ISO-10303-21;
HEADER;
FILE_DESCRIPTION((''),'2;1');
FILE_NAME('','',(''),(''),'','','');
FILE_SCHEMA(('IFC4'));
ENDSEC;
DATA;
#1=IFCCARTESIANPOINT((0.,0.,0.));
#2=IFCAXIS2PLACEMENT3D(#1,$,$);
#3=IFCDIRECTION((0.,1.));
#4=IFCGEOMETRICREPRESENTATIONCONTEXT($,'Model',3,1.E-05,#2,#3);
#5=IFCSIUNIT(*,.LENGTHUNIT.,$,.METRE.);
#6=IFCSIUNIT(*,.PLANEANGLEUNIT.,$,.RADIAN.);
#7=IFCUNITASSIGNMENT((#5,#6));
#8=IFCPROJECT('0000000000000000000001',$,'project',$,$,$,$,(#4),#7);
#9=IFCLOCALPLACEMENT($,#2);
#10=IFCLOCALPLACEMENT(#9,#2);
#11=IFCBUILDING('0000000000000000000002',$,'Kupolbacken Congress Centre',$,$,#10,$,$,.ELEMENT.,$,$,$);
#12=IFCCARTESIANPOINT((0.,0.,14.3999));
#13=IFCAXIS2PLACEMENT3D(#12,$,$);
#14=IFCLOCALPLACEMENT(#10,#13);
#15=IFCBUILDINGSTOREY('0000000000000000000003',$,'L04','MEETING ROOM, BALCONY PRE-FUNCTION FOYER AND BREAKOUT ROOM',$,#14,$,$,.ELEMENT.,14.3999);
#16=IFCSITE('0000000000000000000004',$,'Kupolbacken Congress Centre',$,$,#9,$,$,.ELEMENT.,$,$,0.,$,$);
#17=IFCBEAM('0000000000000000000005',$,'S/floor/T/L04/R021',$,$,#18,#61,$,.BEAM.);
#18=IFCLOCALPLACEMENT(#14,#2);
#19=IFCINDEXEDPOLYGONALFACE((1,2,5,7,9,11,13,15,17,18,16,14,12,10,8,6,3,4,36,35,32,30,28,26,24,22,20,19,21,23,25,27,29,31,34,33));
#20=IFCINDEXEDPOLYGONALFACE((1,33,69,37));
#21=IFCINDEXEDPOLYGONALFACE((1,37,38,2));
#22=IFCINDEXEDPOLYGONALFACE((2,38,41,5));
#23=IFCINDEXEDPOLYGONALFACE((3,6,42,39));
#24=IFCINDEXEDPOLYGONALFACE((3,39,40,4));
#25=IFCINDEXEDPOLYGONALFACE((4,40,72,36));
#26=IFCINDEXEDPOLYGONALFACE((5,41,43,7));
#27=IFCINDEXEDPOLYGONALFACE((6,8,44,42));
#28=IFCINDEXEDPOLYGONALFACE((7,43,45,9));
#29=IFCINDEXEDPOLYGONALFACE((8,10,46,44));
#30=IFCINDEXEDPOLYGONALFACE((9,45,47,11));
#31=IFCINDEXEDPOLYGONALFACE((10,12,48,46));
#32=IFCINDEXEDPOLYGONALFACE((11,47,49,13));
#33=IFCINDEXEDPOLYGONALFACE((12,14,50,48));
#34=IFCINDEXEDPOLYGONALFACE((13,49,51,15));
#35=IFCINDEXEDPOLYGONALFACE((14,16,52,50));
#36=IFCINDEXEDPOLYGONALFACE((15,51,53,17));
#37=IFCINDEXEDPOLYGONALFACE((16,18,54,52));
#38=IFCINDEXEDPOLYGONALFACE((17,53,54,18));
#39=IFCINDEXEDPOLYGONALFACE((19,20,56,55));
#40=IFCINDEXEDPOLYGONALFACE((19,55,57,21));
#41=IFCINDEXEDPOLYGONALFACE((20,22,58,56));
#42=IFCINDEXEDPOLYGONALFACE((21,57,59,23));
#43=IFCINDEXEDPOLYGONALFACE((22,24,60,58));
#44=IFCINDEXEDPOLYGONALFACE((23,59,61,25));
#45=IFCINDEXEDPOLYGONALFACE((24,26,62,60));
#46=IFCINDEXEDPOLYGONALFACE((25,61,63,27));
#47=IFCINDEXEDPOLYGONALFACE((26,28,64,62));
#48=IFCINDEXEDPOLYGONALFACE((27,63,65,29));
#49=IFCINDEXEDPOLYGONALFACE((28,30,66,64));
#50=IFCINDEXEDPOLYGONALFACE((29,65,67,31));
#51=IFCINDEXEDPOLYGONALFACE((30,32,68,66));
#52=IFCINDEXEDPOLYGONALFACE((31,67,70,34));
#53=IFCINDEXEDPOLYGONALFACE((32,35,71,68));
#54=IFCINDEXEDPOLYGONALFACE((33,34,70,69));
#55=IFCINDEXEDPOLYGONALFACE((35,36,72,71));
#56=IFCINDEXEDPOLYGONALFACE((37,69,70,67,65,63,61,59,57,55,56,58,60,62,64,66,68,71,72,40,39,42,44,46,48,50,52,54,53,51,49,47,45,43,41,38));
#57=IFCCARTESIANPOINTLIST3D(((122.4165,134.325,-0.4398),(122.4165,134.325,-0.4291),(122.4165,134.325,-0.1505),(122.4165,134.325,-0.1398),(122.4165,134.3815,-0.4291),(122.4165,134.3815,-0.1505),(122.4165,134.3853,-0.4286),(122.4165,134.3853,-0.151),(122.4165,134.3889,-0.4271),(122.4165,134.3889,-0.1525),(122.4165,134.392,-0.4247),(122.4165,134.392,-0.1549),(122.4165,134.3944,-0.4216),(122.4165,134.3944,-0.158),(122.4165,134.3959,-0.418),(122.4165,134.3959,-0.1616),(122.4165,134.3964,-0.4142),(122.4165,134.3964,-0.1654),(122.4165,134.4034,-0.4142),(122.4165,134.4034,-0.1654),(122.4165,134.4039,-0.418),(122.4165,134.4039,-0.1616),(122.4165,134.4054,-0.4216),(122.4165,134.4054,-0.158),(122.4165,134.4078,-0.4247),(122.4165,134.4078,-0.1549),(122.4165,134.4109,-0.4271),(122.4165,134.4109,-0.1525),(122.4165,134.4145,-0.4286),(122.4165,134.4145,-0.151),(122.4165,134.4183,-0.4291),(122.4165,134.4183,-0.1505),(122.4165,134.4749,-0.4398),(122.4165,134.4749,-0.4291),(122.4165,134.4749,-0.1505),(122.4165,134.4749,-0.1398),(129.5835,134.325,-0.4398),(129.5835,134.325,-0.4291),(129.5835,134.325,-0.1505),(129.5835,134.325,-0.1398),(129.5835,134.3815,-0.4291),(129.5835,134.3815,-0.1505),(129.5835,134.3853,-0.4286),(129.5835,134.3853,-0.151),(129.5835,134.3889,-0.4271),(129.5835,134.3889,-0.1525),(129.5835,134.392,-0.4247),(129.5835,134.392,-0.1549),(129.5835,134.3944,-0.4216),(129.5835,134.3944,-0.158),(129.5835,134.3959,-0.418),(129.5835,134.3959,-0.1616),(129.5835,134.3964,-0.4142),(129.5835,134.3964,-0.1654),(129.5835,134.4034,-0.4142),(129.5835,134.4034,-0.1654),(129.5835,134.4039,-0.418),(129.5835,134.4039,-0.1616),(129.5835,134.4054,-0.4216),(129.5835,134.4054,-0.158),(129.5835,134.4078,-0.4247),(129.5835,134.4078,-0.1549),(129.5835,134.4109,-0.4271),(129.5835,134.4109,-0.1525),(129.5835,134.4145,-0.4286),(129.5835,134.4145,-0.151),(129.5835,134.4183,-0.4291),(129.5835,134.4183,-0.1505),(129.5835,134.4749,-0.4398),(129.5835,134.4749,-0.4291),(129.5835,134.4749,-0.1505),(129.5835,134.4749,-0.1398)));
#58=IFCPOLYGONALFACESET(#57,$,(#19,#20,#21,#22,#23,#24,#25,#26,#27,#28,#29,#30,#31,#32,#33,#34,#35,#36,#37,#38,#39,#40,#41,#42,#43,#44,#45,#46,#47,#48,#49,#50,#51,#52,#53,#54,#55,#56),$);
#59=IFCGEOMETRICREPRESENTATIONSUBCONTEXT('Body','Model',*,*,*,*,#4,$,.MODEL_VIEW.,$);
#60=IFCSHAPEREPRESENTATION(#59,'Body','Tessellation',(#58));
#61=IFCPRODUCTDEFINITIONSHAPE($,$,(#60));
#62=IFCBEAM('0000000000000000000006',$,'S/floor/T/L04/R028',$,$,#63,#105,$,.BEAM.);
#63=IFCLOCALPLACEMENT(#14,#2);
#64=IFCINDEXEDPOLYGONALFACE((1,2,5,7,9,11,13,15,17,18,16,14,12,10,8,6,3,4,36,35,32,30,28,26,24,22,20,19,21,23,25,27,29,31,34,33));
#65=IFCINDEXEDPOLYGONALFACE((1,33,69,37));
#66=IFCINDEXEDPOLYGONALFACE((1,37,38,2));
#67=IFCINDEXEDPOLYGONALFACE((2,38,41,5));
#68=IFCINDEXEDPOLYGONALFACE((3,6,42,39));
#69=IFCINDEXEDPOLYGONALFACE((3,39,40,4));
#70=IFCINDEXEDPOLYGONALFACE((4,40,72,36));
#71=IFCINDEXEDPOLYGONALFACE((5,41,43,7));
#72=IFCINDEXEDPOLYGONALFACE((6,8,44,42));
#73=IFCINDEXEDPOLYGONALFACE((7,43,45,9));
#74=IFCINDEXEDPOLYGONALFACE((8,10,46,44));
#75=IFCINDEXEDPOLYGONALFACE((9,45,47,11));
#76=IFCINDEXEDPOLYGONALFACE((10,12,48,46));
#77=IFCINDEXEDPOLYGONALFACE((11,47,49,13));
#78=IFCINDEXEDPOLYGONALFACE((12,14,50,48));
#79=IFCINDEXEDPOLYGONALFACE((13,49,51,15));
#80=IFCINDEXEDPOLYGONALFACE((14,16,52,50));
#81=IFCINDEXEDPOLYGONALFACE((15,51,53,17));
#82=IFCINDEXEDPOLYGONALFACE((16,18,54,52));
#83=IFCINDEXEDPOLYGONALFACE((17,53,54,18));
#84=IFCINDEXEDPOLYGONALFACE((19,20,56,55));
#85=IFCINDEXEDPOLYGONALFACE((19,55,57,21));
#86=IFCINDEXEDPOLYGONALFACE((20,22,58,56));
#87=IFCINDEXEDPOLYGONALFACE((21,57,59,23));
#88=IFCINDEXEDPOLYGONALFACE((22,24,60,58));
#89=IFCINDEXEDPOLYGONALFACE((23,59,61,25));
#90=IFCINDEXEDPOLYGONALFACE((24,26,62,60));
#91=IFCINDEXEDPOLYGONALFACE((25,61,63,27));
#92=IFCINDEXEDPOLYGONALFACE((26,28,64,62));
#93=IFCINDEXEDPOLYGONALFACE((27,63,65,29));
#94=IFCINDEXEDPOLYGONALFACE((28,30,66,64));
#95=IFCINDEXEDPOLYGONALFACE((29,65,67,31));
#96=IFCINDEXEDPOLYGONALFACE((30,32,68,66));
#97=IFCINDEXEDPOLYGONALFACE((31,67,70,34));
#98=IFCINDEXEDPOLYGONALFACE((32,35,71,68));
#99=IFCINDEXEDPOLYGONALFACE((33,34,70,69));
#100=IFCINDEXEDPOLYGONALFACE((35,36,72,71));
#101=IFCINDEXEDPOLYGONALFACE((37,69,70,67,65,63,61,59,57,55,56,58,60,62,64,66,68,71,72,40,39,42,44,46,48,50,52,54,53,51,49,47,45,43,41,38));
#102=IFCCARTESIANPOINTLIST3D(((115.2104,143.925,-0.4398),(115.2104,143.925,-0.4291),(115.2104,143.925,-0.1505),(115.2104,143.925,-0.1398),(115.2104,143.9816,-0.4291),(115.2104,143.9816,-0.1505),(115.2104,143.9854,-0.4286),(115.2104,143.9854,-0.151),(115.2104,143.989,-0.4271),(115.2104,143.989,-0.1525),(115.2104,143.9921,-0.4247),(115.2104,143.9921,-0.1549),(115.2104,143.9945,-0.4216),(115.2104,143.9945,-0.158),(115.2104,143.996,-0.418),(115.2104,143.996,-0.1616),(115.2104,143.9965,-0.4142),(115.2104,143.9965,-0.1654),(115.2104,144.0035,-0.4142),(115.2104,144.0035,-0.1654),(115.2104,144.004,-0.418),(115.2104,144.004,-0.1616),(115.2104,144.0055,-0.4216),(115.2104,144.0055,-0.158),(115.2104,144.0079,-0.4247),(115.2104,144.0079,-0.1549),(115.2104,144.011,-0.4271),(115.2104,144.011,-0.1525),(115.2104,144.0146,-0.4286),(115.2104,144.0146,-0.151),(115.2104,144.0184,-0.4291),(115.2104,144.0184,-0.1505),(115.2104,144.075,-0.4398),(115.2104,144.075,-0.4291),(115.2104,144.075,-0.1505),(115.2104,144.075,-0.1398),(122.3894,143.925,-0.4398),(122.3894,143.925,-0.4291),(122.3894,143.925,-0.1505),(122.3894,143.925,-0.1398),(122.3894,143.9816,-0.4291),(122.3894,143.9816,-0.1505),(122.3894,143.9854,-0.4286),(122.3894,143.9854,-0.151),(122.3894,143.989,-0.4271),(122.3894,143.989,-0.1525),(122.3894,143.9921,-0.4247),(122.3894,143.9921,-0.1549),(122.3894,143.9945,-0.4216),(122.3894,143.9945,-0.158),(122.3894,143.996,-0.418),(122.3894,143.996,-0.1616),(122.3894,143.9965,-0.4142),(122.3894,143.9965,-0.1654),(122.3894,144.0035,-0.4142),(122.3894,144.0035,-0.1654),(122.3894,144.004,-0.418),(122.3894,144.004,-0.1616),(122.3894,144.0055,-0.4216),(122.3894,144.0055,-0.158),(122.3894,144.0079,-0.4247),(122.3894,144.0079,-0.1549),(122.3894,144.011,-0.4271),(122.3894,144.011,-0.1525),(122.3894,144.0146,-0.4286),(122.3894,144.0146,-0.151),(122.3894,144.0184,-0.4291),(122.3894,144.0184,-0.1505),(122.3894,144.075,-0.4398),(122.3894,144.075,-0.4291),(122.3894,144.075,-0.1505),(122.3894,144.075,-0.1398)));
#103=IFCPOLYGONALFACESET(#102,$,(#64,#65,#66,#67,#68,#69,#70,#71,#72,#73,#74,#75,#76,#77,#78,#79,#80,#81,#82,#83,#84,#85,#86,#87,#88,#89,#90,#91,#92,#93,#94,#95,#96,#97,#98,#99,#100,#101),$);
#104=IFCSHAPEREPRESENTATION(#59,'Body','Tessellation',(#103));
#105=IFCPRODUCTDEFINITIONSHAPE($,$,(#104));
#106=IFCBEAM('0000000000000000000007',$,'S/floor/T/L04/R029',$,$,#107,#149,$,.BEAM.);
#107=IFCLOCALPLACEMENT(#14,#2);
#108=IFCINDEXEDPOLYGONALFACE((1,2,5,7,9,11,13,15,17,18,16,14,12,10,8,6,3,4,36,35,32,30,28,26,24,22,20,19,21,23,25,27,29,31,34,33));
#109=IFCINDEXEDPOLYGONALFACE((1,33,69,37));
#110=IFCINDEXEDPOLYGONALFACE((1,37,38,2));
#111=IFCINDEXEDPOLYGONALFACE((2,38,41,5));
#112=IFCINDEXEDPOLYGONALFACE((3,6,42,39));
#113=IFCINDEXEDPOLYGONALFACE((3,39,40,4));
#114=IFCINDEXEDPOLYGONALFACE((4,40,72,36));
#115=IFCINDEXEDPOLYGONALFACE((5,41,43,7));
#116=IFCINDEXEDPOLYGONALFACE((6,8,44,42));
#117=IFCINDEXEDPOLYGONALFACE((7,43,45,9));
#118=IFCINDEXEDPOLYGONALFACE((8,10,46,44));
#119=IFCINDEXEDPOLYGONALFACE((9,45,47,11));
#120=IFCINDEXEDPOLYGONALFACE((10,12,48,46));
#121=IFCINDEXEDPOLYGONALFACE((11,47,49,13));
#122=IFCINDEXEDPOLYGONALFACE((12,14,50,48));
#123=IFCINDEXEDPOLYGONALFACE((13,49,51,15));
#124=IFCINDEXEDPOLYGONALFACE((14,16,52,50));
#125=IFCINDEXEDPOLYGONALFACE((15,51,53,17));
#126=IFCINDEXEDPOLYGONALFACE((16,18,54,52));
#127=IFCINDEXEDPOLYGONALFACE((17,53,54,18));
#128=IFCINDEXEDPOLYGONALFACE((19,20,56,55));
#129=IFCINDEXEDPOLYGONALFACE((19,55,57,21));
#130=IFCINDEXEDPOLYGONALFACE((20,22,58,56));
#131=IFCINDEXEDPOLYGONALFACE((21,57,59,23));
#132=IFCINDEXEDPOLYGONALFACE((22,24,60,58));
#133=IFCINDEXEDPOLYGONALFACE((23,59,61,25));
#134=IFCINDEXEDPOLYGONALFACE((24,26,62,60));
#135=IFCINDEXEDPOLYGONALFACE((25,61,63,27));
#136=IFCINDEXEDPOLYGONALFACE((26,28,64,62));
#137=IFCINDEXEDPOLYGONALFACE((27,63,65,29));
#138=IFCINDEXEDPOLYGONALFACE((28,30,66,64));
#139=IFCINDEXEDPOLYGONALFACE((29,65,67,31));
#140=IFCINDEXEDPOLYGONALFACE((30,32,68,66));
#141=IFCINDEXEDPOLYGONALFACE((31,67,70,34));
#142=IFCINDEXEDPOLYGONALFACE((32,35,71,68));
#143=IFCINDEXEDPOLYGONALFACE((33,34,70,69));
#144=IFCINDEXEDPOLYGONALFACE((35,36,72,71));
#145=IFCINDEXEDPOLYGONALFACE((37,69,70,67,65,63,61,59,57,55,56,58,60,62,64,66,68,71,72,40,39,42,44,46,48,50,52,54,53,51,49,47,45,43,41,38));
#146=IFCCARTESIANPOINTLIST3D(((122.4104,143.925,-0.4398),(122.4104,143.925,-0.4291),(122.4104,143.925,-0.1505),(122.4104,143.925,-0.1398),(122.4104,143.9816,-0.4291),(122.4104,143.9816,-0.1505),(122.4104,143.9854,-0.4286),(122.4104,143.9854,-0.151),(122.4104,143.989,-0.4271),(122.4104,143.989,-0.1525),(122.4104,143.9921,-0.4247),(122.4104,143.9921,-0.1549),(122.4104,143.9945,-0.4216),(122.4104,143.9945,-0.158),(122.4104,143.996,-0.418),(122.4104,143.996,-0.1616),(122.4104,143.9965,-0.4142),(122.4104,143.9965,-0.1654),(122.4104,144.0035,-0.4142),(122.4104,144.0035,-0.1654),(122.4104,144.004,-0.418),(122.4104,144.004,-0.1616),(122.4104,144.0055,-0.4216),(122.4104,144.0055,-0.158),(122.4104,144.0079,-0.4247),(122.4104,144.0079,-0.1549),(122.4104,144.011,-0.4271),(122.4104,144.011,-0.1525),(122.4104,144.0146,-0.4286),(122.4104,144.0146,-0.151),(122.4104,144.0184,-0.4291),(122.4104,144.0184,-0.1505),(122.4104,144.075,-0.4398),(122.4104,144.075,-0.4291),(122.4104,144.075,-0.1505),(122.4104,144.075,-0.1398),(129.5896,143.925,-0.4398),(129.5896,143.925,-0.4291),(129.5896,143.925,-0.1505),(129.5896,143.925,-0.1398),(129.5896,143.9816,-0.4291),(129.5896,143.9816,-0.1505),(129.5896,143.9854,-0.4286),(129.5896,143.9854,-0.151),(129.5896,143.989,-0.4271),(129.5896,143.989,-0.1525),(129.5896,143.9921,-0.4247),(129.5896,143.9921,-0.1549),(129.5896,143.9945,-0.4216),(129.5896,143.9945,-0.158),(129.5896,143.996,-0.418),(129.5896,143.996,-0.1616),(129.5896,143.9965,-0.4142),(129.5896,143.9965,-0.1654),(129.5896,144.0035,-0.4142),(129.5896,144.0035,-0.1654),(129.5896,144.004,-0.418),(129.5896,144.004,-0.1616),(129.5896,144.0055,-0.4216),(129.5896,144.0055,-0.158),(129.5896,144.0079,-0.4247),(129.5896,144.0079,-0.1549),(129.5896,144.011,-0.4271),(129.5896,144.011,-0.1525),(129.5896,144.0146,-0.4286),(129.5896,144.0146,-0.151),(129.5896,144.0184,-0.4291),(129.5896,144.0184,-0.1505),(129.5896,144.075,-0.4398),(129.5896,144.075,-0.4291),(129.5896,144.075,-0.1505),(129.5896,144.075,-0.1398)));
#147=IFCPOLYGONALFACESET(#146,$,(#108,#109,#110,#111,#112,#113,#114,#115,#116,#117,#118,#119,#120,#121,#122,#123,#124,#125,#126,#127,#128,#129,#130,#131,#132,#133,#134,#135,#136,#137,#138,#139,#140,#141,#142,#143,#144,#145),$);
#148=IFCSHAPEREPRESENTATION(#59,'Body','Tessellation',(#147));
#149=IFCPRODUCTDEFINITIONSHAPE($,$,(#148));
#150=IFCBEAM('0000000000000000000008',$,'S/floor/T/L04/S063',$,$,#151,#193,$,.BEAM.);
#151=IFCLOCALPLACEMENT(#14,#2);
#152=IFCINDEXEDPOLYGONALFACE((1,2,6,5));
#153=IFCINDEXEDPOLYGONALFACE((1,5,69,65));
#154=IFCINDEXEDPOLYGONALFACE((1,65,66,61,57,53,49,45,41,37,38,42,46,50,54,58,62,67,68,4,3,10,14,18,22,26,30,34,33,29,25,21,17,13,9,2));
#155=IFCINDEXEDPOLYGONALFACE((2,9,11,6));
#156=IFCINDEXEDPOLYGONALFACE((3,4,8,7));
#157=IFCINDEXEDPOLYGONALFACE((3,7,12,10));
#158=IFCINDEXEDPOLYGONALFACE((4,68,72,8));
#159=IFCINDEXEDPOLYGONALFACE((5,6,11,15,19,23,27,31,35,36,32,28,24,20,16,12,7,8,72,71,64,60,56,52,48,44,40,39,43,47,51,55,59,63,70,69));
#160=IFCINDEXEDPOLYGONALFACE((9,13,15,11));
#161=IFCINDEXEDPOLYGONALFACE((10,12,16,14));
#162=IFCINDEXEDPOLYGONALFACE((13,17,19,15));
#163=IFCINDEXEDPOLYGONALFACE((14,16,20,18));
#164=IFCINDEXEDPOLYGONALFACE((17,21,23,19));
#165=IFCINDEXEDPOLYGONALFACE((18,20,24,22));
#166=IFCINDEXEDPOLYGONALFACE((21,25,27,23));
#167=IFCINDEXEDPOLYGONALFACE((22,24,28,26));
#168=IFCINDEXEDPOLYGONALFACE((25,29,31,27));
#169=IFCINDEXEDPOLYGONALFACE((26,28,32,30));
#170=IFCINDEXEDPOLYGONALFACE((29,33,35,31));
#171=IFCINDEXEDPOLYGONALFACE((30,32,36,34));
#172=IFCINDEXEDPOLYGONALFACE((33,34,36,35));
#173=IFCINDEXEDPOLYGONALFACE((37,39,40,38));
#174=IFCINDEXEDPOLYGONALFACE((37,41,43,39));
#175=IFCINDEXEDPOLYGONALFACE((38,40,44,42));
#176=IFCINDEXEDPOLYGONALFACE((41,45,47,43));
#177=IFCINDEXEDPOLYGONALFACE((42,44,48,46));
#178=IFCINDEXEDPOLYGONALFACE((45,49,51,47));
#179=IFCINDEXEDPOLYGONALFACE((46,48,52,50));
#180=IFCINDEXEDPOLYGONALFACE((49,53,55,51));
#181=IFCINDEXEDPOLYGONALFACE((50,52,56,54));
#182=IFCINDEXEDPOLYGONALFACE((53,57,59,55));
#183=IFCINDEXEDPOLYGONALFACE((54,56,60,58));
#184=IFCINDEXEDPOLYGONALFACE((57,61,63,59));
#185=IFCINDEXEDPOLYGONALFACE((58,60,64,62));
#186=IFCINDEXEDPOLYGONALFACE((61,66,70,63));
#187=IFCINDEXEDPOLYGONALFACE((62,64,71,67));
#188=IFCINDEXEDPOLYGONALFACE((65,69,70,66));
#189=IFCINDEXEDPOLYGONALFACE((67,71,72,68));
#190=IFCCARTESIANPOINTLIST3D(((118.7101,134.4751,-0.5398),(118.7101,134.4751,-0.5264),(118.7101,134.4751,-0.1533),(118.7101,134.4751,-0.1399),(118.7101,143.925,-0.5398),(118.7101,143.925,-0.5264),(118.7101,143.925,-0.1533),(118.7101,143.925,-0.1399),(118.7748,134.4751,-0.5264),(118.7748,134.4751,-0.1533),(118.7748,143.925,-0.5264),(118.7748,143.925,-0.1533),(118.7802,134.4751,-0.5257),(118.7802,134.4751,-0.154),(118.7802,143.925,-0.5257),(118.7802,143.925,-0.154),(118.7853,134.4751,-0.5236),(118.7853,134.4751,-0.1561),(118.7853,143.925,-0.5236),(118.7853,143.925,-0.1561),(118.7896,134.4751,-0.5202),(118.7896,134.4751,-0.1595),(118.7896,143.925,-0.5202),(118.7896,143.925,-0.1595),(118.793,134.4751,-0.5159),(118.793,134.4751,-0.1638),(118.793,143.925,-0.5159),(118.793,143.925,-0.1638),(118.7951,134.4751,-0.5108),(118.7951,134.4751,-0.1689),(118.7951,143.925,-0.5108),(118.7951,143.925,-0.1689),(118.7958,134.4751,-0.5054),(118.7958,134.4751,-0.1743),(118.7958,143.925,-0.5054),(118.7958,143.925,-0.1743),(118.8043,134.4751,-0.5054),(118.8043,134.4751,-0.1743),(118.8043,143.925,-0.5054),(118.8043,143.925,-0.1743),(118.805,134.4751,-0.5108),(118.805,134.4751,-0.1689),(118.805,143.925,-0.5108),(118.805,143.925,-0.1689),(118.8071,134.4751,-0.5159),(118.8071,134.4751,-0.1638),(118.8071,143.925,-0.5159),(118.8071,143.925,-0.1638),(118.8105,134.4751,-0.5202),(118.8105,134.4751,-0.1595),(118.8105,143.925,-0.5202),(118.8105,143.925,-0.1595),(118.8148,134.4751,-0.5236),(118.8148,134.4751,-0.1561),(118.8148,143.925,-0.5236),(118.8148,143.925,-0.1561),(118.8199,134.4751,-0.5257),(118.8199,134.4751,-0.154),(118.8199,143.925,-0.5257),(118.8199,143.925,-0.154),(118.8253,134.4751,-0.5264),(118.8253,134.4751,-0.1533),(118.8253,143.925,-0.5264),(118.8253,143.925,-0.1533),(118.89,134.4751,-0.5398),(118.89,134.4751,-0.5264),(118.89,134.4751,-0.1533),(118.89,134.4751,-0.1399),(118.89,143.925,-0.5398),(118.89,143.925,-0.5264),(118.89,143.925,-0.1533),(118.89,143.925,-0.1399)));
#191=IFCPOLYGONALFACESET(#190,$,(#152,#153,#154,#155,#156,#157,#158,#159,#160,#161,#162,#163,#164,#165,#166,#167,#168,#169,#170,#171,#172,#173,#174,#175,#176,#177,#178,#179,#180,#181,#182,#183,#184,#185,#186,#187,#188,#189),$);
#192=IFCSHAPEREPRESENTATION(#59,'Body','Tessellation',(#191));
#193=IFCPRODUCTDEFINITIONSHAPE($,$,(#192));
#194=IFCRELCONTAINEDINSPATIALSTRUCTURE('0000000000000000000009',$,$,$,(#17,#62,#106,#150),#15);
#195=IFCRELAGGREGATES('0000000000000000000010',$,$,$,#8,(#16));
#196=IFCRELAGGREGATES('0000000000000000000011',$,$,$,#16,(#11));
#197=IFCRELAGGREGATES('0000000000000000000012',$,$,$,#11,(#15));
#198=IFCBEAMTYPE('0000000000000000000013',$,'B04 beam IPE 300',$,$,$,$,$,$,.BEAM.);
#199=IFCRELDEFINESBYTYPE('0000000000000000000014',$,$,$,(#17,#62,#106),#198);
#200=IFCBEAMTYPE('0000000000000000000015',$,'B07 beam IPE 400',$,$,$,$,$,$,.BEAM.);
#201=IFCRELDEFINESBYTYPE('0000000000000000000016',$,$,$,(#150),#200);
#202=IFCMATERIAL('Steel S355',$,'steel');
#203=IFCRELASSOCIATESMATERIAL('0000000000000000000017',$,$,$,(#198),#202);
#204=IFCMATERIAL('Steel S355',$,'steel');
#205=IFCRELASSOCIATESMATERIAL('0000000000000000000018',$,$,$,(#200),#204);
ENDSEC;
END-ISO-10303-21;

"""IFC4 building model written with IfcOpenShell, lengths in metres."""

from ifc_helpers import new_model, si_unit, direction, frame, origin, origin_2d, place, context, subcontext, project, spatial, i_section, extrude, material, material_profile, profile_set, type_object, element, save


model = new_model("IFC4")

# Units and contexts
model_context = context("Model", 3, precision=1e-05, world=origin(), true_north=direction((0.0, 1.0)))
body_context = subcontext(model_context, "Body", "Model", "MODEL_VIEW")
ifc_project = project(units=[si_unit("LENGTHUNIT", "METRE"), si_unit("PLANEANGLEUNIT", "RADIAN")], contexts=[model_context])

# Site, building, storey
site_placement = place(None, origin())
site = spatial("IfcSite", under=ifc_project, at=site_placement, Name="Kupolbacken Congress Centre", CompositionType="ELEMENT", RefElevation=0.0)
building_placement = place(site_placement, origin())
building = spatial("IfcBuilding", under=site, at=building_placement, Name="Kupolbacken Congress Centre", CompositionType="ELEMENT")
storey_placement = place(building_placement, frame((0.0, 0.0, 14.3999)))
storey = spatial("IfcBuildingStorey", under=building, at=storey_placement, Name="L04", Description="MEETING ROOM, BALCONY PRE-FUNCTION FOYER AND BREAKOUT ROOM", CompositionType="ELEMENT", Elevation=14.3999)

# Beams
ifc_material_1 = material(Name="Steel S355", Category="steel")
ifc_material_profile_1 = material_profile(ifc_material_1, i_section(OverallWidth=0.1499, OverallDepth=0.3, WebThickness=0.0071, FlangeThickness=0.0107, FilletRadius=0.0149, at=origin_2d()), Name="IPE 300")
ifc_profile_set_1 = profile_set([ifc_material_profile_1], Name="Steel S355")
beam_type_1 = type_object("IfcBeamType", Name="B04 beam IPE 300", PredefinedType="BEAM", material=ifc_profile_set_1)
beam_1_placement = place(storey_placement, frame((122.4165, 134.3999, -0.2898), z_axis=(1.0, 0.0, 0.0), x_axis=(0.0, 1.0, 0.0)))
element("IfcBeam", 1, at=beam_1_placement, inside=storey, type_object=beam_type_1, Name="S/floor/T/L04/R021", PredefinedType="BEAM", context=body_context, shape_type="SweptSolid", body=[
    extrude(i_section(OverallWidth=0.1499, OverallDepth=0.3, WebThickness=0.0071, FlangeThickness=0.0107, FilletRadius=0.0149, at=origin_2d()), origin(), (0.0, 0.0, 1.0), 7.167),
])
beam_2_placement = place(storey_placement, frame((115.2104, 144.0, -0.2898), z_axis=(1.0, 0.0, 0.0), x_axis=(0.0, 1.0, 0.0)))
element("IfcBeam", 2, at=beam_2_placement, inside=storey, type_object=beam_type_1, Name="S/floor/T/L04/R028", PredefinedType="BEAM", context=body_context, shape_type="SweptSolid", body=[
    extrude(i_section(OverallWidth=0.1499, OverallDepth=0.3, WebThickness=0.0071, FlangeThickness=0.0107, FilletRadius=0.0149, at=origin_2d()), origin(), (0.0, 0.0, 1.0), 7.179),
])
beam_3_placement = place(storey_placement, frame((122.4104, 144.0, -0.2898), z_axis=(1.0, 0.0, 0.0), x_axis=(0.0, 1.0, 0.0)))
element("IfcBeam", 3, at=beam_3_placement, inside=storey, type_object=beam_type_1, Name="S/floor/T/L04/R029", PredefinedType="BEAM", context=body_context, shape_type="SweptSolid", body=[
    extrude(i_section(OverallWidth=0.1499, OverallDepth=0.3, WebThickness=0.0071, FlangeThickness=0.0107, FilletRadius=0.0149, at=origin_2d()), origin(), (0.0, 0.0, 1.0), 7.1792),
])
ifc_material_2 = material(Name="Steel S355", Category="steel")
ifc_material_profile_2 = material_profile(ifc_material_2, i_section(OverallWidth=0.1799, OverallDepth=0.3999, WebThickness=0.0085, FlangeThickness=0.0134, FilletRadius=0.021, at=origin_2d()), Name="IPE 400")
ifc_profile_set_2 = profile_set([ifc_material_profile_2], Name="Steel S355")
beam_type_2 = type_object("IfcBeamType", Name="B07 beam IPE 400", PredefinedType="BEAM", material=ifc_profile_set_2)
beam_4_placement = place(storey_placement, frame((118.8, 134.4751, -0.3398), z_axis=(0.0, 1.0, 0.0), x_axis=(-1.0, 0.0, 0.0)))
element("IfcBeam", 4, at=beam_4_placement, inside=storey, type_object=beam_type_2, Name="S/floor/T/L04/S063", PredefinedType="BEAM", context=body_context, shape_type="SweptSolid", body=[
    extrude(i_section(OverallWidth=0.1799, OverallDepth=0.3999, WebThickness=0.0085, FlangeThickness=0.0134, FilletRadius=0.021, at=origin_2d()), origin(), (0.0, 0.0, 1.0), 9.45),
])

save(model, "model.ifc")
